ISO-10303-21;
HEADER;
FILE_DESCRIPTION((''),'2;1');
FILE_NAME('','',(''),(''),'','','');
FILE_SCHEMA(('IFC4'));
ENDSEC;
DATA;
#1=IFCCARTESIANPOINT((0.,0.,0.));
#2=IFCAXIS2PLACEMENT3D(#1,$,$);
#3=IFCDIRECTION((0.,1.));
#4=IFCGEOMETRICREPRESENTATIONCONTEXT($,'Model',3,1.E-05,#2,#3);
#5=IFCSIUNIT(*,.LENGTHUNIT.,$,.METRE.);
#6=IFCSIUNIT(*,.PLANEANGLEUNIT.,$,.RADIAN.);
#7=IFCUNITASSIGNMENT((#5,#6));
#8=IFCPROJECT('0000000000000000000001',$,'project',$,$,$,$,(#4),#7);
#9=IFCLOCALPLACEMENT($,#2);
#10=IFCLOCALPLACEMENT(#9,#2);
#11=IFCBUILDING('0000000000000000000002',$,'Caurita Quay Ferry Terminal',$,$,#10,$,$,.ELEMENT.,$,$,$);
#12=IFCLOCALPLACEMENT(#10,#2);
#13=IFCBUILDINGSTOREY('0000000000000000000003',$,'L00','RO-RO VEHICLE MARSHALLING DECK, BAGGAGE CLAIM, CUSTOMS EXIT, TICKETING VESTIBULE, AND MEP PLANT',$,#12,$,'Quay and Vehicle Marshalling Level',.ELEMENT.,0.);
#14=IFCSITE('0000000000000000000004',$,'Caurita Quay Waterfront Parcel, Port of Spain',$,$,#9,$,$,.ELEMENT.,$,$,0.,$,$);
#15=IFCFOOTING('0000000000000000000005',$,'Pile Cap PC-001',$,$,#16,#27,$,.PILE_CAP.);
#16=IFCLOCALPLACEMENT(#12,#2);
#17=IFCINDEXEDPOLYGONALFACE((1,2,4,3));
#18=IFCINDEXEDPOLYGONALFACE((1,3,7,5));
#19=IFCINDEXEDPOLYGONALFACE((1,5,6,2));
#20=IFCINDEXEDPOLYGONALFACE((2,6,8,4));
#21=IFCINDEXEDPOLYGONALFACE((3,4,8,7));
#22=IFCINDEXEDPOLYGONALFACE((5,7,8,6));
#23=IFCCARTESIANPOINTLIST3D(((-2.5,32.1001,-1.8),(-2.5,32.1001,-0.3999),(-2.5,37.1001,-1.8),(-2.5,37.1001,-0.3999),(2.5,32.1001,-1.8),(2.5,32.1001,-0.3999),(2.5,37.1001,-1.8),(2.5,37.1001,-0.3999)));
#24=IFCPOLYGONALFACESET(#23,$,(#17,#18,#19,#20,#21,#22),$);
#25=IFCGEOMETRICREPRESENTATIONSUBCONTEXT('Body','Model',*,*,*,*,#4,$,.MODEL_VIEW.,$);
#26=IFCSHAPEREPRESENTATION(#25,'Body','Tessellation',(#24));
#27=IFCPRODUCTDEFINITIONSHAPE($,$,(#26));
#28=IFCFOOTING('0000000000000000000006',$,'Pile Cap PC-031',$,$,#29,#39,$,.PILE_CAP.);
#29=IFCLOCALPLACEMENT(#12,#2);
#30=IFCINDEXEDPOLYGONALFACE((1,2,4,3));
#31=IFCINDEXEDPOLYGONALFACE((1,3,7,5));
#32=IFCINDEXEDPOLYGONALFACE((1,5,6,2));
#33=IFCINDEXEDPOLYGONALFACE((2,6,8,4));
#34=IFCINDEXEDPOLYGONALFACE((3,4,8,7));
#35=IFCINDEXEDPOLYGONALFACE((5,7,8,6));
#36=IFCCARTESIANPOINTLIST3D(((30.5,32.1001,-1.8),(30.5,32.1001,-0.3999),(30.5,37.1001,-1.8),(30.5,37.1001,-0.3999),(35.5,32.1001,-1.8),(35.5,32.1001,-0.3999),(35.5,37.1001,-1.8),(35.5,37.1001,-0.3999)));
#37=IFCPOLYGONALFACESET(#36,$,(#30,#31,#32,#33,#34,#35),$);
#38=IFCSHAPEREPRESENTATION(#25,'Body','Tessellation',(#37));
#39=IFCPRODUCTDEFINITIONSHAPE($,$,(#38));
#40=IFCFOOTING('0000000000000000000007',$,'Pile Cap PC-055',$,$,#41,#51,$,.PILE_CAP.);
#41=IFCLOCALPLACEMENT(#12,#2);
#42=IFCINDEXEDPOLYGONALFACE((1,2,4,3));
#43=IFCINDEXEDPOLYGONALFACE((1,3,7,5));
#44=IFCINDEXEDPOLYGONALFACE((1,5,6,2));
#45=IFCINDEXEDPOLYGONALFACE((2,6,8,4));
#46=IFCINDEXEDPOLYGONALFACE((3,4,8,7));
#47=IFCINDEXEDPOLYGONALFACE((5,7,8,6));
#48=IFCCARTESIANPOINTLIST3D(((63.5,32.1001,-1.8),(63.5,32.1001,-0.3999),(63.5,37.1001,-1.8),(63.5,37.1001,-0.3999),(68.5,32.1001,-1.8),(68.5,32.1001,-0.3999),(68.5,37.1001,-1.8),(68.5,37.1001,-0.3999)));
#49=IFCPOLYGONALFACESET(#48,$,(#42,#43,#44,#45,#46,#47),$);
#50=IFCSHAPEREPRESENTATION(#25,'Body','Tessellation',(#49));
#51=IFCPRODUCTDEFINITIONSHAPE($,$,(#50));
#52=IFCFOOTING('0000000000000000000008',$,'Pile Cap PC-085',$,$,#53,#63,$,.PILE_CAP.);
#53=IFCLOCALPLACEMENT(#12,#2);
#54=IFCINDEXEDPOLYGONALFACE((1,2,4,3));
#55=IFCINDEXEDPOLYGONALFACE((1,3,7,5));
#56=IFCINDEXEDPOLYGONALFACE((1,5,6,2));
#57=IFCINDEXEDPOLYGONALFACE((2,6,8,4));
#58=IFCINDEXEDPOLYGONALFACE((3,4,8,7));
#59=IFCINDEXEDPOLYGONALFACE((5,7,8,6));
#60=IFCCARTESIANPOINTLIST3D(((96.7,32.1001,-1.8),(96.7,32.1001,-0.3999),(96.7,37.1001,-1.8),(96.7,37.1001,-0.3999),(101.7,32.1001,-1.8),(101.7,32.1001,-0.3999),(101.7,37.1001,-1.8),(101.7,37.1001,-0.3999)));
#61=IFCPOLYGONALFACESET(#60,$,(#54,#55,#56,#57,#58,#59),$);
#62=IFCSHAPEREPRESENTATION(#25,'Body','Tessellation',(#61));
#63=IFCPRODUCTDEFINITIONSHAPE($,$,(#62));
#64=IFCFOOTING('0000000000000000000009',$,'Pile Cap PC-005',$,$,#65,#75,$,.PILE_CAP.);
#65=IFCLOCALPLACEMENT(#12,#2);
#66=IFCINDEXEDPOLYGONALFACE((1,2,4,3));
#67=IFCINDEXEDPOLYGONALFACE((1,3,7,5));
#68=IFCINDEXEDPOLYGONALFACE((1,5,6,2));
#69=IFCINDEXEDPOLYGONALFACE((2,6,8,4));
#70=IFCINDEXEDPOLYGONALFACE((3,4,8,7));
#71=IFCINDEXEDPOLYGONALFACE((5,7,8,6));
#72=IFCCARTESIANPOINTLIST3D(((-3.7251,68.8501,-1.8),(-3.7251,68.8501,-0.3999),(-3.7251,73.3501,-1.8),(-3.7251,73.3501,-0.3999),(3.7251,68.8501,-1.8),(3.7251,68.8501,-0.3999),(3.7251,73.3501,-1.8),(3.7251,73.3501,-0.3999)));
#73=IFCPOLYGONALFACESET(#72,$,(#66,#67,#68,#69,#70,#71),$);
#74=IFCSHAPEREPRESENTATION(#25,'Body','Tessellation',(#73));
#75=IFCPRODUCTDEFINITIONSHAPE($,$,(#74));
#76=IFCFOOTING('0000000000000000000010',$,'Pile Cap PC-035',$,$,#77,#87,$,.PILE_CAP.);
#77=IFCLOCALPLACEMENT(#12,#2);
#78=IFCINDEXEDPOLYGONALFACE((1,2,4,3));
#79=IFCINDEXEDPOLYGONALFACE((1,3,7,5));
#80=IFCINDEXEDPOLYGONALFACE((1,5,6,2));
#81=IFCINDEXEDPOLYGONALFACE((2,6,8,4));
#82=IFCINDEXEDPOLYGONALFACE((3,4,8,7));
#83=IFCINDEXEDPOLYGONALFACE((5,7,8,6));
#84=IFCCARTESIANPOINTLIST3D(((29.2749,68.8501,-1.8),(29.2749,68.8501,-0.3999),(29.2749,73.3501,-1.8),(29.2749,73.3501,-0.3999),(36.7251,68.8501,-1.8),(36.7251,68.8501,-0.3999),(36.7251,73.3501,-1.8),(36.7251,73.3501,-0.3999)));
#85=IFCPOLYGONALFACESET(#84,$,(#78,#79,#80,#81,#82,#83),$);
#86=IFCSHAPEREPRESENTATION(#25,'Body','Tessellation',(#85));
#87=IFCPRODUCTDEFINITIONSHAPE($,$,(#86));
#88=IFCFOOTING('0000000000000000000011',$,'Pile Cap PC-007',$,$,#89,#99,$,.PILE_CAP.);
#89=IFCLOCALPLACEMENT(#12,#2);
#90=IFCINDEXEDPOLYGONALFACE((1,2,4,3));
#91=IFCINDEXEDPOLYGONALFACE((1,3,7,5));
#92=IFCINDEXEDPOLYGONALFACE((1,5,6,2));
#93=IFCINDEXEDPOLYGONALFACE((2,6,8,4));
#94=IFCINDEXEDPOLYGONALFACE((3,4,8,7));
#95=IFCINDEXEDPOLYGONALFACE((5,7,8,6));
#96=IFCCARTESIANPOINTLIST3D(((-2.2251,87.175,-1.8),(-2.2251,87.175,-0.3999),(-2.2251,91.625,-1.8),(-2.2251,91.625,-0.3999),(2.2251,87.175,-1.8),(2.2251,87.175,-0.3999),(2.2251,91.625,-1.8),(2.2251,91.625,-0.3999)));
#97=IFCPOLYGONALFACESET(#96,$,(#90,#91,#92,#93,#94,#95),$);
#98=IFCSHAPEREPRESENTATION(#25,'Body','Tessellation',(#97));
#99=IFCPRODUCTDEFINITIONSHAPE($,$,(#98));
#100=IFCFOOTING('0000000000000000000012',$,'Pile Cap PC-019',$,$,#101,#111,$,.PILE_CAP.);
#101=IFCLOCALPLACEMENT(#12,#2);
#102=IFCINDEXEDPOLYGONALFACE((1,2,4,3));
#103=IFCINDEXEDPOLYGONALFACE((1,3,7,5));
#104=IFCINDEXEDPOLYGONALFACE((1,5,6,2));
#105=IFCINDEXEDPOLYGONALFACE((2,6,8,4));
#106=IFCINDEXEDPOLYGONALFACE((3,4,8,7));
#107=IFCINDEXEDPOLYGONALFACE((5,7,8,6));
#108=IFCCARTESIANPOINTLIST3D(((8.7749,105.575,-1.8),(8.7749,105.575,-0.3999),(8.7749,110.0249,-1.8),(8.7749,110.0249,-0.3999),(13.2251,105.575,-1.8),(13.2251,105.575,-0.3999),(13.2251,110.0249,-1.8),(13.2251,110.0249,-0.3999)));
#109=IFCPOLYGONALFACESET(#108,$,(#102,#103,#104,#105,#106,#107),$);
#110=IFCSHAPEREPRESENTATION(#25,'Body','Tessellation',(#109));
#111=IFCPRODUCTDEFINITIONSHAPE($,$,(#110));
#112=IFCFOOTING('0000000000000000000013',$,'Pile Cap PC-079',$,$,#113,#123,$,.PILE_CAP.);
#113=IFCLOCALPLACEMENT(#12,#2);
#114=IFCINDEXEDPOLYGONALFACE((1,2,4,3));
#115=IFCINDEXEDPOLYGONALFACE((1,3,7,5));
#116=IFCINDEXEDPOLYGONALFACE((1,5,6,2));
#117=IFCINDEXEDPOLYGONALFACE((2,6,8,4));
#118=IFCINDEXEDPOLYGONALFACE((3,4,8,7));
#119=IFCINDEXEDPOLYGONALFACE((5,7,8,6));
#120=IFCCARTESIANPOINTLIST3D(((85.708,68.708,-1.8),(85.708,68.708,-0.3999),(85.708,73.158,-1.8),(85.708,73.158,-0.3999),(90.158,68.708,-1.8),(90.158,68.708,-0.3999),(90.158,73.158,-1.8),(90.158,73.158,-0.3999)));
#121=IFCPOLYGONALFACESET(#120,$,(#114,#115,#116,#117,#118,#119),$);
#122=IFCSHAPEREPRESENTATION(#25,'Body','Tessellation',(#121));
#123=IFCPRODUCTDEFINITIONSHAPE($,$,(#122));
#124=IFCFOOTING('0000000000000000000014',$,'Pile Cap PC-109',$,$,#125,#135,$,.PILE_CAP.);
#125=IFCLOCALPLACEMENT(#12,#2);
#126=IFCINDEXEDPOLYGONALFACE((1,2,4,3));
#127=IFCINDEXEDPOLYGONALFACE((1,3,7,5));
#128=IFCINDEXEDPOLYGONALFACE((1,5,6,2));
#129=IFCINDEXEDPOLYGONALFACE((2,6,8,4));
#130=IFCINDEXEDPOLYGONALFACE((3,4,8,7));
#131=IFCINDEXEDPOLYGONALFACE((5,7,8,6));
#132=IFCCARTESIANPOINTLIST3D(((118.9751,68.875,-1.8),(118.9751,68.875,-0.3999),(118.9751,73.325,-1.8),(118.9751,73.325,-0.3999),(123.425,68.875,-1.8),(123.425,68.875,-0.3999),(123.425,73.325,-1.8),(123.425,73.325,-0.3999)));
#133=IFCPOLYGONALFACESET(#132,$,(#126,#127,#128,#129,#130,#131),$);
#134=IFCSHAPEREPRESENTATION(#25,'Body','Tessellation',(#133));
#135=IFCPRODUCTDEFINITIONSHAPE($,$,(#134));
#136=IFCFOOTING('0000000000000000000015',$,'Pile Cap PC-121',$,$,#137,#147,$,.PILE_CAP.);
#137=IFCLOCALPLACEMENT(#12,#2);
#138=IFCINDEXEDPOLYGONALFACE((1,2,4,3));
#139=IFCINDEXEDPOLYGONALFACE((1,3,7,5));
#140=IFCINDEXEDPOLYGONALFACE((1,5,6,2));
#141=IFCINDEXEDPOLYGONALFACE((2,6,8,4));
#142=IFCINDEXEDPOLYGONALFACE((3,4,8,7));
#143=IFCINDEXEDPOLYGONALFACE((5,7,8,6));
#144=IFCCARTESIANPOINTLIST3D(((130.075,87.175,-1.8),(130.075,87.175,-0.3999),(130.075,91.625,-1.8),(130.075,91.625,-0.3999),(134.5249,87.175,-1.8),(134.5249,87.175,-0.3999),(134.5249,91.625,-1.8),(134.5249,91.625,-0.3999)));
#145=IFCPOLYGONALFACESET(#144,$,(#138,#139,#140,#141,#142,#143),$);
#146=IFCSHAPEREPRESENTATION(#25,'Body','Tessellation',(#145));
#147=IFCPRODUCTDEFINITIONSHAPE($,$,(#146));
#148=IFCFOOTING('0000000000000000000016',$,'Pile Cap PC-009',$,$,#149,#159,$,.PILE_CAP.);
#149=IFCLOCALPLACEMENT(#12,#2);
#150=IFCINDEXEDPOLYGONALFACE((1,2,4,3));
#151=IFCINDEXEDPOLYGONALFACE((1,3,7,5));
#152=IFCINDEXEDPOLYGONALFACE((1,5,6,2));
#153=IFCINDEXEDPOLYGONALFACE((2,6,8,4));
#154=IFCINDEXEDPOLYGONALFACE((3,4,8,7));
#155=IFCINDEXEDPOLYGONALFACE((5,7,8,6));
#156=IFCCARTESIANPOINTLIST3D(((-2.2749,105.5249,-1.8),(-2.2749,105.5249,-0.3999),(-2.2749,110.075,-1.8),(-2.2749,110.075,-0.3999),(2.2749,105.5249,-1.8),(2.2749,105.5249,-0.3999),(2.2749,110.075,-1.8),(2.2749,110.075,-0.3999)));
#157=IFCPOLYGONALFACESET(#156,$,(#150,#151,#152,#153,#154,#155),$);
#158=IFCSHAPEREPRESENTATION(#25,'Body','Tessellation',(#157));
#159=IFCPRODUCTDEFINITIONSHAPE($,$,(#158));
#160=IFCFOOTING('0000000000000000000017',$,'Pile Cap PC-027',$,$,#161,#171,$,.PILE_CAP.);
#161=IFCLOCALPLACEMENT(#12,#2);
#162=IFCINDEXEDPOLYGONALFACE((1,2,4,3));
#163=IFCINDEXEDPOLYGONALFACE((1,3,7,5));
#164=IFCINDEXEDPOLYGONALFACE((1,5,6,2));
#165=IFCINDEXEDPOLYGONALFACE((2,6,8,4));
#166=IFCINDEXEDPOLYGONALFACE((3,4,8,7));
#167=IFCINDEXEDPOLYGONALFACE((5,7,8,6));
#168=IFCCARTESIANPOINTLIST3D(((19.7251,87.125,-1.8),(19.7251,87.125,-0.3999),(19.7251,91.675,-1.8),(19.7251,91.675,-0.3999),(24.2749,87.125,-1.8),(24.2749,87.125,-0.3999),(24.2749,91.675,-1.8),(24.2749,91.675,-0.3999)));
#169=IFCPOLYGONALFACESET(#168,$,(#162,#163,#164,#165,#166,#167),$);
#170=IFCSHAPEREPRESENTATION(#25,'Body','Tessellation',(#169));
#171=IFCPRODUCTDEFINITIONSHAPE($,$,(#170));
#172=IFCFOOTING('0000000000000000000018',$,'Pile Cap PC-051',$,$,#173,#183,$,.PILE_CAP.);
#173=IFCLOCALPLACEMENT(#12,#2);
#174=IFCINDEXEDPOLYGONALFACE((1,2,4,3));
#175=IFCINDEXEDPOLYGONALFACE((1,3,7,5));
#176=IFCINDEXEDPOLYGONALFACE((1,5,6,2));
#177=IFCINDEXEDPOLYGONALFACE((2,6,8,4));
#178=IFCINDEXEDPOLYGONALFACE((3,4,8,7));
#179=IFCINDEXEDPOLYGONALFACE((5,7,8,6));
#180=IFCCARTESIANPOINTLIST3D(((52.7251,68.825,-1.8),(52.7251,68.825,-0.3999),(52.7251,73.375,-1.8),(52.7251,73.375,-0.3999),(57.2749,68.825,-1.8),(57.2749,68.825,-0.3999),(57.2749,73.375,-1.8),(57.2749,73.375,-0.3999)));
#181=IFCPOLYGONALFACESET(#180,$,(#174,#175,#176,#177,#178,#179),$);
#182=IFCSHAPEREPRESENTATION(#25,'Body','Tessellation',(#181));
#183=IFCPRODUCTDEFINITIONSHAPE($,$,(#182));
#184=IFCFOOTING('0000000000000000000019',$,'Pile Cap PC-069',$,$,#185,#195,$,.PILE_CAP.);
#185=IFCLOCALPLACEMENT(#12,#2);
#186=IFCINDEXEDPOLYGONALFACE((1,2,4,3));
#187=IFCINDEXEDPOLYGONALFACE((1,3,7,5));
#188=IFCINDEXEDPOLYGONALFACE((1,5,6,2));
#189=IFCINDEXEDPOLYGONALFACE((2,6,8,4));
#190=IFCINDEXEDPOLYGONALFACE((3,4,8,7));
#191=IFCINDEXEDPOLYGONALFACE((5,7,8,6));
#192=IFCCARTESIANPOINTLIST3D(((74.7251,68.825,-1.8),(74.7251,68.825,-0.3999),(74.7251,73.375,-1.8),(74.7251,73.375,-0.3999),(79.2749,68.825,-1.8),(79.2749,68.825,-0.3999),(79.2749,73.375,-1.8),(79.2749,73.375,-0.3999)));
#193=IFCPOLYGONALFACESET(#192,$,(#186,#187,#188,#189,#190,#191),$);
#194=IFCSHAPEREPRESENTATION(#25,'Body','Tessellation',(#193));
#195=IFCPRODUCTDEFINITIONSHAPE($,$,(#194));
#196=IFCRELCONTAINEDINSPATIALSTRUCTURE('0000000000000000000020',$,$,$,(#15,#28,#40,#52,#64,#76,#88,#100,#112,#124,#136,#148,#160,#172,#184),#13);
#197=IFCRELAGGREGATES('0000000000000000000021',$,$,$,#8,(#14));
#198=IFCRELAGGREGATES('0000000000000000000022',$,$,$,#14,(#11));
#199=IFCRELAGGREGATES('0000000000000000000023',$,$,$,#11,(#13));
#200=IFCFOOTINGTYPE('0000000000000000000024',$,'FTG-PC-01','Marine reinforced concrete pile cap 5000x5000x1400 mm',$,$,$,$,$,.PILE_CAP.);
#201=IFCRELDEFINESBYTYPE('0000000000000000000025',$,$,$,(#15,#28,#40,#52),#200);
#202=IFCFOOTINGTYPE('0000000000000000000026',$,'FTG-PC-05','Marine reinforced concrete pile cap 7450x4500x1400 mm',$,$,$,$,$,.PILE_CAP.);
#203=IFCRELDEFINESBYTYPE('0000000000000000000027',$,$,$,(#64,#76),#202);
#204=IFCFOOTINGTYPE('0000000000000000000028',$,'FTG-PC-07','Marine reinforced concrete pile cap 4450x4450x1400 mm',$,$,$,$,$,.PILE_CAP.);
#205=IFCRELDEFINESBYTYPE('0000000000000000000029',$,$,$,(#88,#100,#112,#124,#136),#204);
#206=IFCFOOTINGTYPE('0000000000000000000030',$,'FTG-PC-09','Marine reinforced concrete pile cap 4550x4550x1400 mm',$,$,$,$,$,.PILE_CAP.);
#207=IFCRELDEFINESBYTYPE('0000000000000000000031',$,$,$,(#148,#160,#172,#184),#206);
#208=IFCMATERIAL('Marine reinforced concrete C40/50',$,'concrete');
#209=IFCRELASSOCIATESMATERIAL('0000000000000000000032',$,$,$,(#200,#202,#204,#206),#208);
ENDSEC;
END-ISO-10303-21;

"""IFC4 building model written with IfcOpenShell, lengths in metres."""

from ifc_helpers import new_model, si_unit, direction, frame, origin, place, context, subcontext, project, spatial, polyline, outline, extrude, material, type_object, element, save


model = new_model("IFC4")

# Units and contexts
model_context = context("Model", 3, precision=1e-05, world=origin(), true_north=direction((0.0, 1.0)))
body_context = subcontext(model_context, "Body", "Model", "MODEL_VIEW")
ifc_project = project(units=[si_unit("LENGTHUNIT", "METRE"), si_unit("PLANEANGLEUNIT", "RADIAN")], contexts=[model_context])

# Site, building, storey
site_placement = place(None, origin())
site = spatial("IfcSite", under=ifc_project, at=site_placement, Name="Caurita Quay Waterfront Parcel, Port of Spain", CompositionType="ELEMENT", RefElevation=0.0)
building_placement = place(site_placement, origin())
building = spatial("IfcBuilding", under=site, at=building_placement, Name="Caurita Quay Ferry Terminal", CompositionType="ELEMENT")
storey_placement = place(building_placement, origin())
storey = spatial("IfcBuildingStorey", under=building, at=storey_placement, Name="L00", Description="RO-RO VEHICLE MARSHALLING DECK, BAGGAGE CLAIM, CUSTOMS EXIT, TICKETING VESTIBULE, AND MEP PLANT", LongName="Quay and Vehicle Marshalling Level", CompositionType="ELEMENT", Elevation=0.0)

# Footings
ifc_material = material(Name="Marine reinforced concrete C40/50", Category="concrete")
footing_type_1 = type_object("IfcFootingType", Name="FTG-PC-01", Description="Marine reinforced concrete pile cap 5000x5000x1400 mm", PredefinedType="PILE_CAP", material=ifc_material)
footing_1_placement = place(storey_placement, frame((0.0, 0.0, -1.8)))
element("IfcFooting", 1, at=footing_1_placement, inside=storey, type_object=footing_type_1, Name="Pile Cap PC-001", PredefinedType="PILE_CAP", context=body_context, shape_type="SweptSolid", body=[
    extrude(outline(polyline([(-2.5, 32.1001), (2.5, 32.1001), (2.5, 37.1001), (-2.5, 37.1001), (-2.5, 32.1001)])), origin(), (0.0, 0.0, 1.0), 1.4001),
])
footing_2_placement = place(storey_placement, frame((0.0, 0.0, -1.8)))
element("IfcFooting", 2, at=footing_2_placement, inside=storey, type_object=footing_type_1, Name="Pile Cap PC-031", PredefinedType="PILE_CAP", context=body_context, shape_type="SweptSolid", body=[
    extrude(outline(polyline([(30.5, 32.1001), (35.5, 32.1001), (35.5, 37.1001), (30.5, 37.1001), (30.5, 32.1001)])), origin(), (0.0, 0.0, 1.0), 1.4001),
])
footing_3_placement = place(storey_placement, frame((0.0, 0.0, -1.8)))
element("IfcFooting", 3, at=footing_3_placement, inside=storey, type_object=footing_type_1, Name="Pile Cap PC-055", PredefinedType="PILE_CAP", context=body_context, shape_type="SweptSolid", body=[
    extrude(outline(polyline([(63.5, 32.1001), (68.5, 32.1001), (68.5, 37.1001), (63.5, 37.1001), (63.5, 32.1001)])), origin(), (0.0, 0.0, 1.0), 1.4001),
])
footing_4_placement = place(storey_placement, frame((0.0, 0.0, -1.8)))
element("IfcFooting", 4, at=footing_4_placement, inside=storey, type_object=footing_type_1, Name="Pile Cap PC-085", PredefinedType="PILE_CAP", context=body_context, shape_type="SweptSolid", body=[
    extrude(outline(polyline([(96.7, 32.1001), (101.7, 32.1001), (101.7, 37.1001), (96.7, 37.1001), (96.7, 32.1001)])), origin(), (0.0, 0.0, 1.0), 1.4001),
])
footing_type_2 = type_object("IfcFootingType", Name="FTG-PC-05", Description="Marine reinforced concrete pile cap 7450x4500x1400 mm", PredefinedType="PILE_CAP", material=ifc_material)
footing_5_placement = place(storey_placement, frame((0.0, 0.0, -1.8)))
element("IfcFooting", 5, at=footing_5_placement, inside=storey, type_object=footing_type_2, Name="Pile Cap PC-005", PredefinedType="PILE_CAP", context=body_context, shape_type="SweptSolid", body=[
    extrude(outline(polyline([(-3.7251, 68.8501), (3.7251, 68.8501), (3.7251, 73.3501), (-3.7251, 73.3501), (-3.7251, 68.8501)])), origin(), (0.0, 0.0, 1.0), 1.4001),
])
footing_6_placement = place(storey_placement, frame((0.0, 0.0, -1.8)))
element("IfcFooting", 6, at=footing_6_placement, inside=storey, type_object=footing_type_2, Name="Pile Cap PC-035", PredefinedType="PILE_CAP", context=body_context, shape_type="SweptSolid", body=[
    extrude(outline(polyline([(29.2749, 68.8501), (36.7251, 68.8501), (36.7251, 73.3501), (29.2749, 73.3501), (29.2749, 68.8501)])), origin(), (0.0, 0.0, 1.0), 1.4001),
])
footing_type_3 = type_object("IfcFootingType", Name="FTG-PC-07", Description="Marine reinforced concrete pile cap 4450x4450x1400 mm", PredefinedType="PILE_CAP", material=ifc_material)
footing_7_placement = place(storey_placement, frame((0.0, 0.0, -1.8)))
element("IfcFooting", 7, at=footing_7_placement, inside=storey, type_object=footing_type_3, Name="Pile Cap PC-007", PredefinedType="PILE_CAP", context=body_context, shape_type="SweptSolid", body=[
    extrude(outline(polyline([(-2.2251, 87.175), (2.2251, 87.175), (2.2251, 91.625), (-2.2251, 91.625), (-2.2251, 87.175)])), origin(), (0.0, 0.0, 1.0), 1.4001),
])
footing_8_placement = place(storey_placement, frame((0.0, 0.0, -1.8)))
element("IfcFooting", 8, at=footing_8_placement, inside=storey, type_object=footing_type_3, Name="Pile Cap PC-019", PredefinedType="PILE_CAP", context=body_context, shape_type="SweptSolid", body=[
    extrude(outline(polyline([(8.7749, 105.575), (13.2251, 105.575), (13.2251, 110.0249), (8.7749, 110.0249), (8.7749, 105.575)])), origin(), (0.0, 0.0, 1.0), 1.4001),
])
footing_9_placement = place(storey_placement, frame((0.0, 0.0, -1.8)))
element("IfcFooting", 9, at=footing_9_placement, inside=storey, type_object=footing_type_3, Name="Pile Cap PC-079", PredefinedType="PILE_CAP", context=body_context, shape_type="SweptSolid", body=[
    extrude(outline(polyline([(85.708, 68.708), (90.158, 68.708), (90.158, 73.158), (85.708, 73.158), (85.708, 68.708)])), origin(), (0.0, 0.0, 1.0), 1.4001),
])
footing_10_placement = place(storey_placement, frame((0.0, 0.0, -1.8)))
element("IfcFooting", 10, at=footing_10_placement, inside=storey, type_object=footing_type_3, Name="Pile Cap PC-109", PredefinedType="PILE_CAP", context=body_context, shape_type="SweptSolid", body=[
    extrude(outline(polyline([(118.9751, 68.875), (123.425, 68.875), (123.425, 73.325), (118.9751, 73.325), (118.9751, 68.875)])), origin(), (0.0, 0.0, 1.0), 1.4001),
])
footing_11_placement = place(storey_placement, frame((0.0, 0.0, -1.8)))
element("IfcFooting", 11, at=footing_11_placement, inside=storey, type_object=footing_type_3, Name="Pile Cap PC-121", PredefinedType="PILE_CAP", context=body_context, shape_type="SweptSolid", body=[
    extrude(outline(polyline([(130.075, 87.175), (134.5249, 87.175), (134.5249, 91.625), (130.075, 91.625), (130.075, 87.175)])), origin(), (0.0, 0.0, 1.0), 1.4001),
])
footing_type_4 = type_object("IfcFootingType", Name="FTG-PC-09", Description="Marine reinforced concrete pile cap 4550x4550x1400 mm", PredefinedType="PILE_CAP", material=ifc_material)
footing_12_placement = place(storey_placement, frame((0.0, 0.0, -1.8)))
element("IfcFooting", 12, at=footing_12_placement, inside=storey, type_object=footing_type_4, Name="Pile Cap PC-009", PredefinedType="PILE_CAP", context=body_context, shape_type="SweptSolid", body=[
    extrude(outline(polyline([(-2.2749, 105.5249), (2.2749, 105.5249), (2.2749, 110.075), (-2.2749, 110.075), (-2.2749, 105.5249)])), origin(), (0.0, 0.0, 1.0), 1.4001),
])
footing_13_placement = place(storey_placement, frame((0.0, 0.0, -1.8)))
element("IfcFooting", 13, at=footing_13_placement, inside=storey, type_object=footing_type_4, Name="Pile Cap PC-027", PredefinedType="PILE_CAP", context=body_context, shape_type="SweptSolid", body=[
    extrude(outline(polyline([(19.7251, 87.125), (24.2749, 87.125), (24.2749, 91.675), (19.7251, 91.675), (19.7251, 87.125)])), origin(), (0.0, 0.0, 1.0), 1.4001),
])
footing_14_placement = place(storey_placement, frame((0.0, 0.0, -1.8)))
element("IfcFooting", 14, at=footing_14_placement, inside=storey, type_object=footing_type_4, Name="Pile Cap PC-051", PredefinedType="PILE_CAP", context=body_context, shape_type="SweptSolid", body=[
    extrude(outline(polyline([(52.7251, 68.825), (57.2749, 68.825), (57.2749, 73.375), (52.7251, 73.375), (52.7251, 68.825)])), origin(), (0.0, 0.0, 1.0), 1.4001),
])
footing_15_placement = place(storey_placement, frame((0.0, 0.0, -1.8)))
element("IfcFooting", 15, at=footing_15_placement, inside=storey, type_object=footing_type_4, Name="Pile Cap PC-069", PredefinedType="PILE_CAP", context=body_context, shape_type="SweptSolid", body=[
    extrude(outline(polyline([(74.7251, 68.825), (79.2749, 68.825), (79.2749, 73.375), (74.7251, 73.375), (74.7251, 68.825)])), origin(), (0.0, 0.0, 1.0), 1.4001),
])

save(model, "model.ifc")
